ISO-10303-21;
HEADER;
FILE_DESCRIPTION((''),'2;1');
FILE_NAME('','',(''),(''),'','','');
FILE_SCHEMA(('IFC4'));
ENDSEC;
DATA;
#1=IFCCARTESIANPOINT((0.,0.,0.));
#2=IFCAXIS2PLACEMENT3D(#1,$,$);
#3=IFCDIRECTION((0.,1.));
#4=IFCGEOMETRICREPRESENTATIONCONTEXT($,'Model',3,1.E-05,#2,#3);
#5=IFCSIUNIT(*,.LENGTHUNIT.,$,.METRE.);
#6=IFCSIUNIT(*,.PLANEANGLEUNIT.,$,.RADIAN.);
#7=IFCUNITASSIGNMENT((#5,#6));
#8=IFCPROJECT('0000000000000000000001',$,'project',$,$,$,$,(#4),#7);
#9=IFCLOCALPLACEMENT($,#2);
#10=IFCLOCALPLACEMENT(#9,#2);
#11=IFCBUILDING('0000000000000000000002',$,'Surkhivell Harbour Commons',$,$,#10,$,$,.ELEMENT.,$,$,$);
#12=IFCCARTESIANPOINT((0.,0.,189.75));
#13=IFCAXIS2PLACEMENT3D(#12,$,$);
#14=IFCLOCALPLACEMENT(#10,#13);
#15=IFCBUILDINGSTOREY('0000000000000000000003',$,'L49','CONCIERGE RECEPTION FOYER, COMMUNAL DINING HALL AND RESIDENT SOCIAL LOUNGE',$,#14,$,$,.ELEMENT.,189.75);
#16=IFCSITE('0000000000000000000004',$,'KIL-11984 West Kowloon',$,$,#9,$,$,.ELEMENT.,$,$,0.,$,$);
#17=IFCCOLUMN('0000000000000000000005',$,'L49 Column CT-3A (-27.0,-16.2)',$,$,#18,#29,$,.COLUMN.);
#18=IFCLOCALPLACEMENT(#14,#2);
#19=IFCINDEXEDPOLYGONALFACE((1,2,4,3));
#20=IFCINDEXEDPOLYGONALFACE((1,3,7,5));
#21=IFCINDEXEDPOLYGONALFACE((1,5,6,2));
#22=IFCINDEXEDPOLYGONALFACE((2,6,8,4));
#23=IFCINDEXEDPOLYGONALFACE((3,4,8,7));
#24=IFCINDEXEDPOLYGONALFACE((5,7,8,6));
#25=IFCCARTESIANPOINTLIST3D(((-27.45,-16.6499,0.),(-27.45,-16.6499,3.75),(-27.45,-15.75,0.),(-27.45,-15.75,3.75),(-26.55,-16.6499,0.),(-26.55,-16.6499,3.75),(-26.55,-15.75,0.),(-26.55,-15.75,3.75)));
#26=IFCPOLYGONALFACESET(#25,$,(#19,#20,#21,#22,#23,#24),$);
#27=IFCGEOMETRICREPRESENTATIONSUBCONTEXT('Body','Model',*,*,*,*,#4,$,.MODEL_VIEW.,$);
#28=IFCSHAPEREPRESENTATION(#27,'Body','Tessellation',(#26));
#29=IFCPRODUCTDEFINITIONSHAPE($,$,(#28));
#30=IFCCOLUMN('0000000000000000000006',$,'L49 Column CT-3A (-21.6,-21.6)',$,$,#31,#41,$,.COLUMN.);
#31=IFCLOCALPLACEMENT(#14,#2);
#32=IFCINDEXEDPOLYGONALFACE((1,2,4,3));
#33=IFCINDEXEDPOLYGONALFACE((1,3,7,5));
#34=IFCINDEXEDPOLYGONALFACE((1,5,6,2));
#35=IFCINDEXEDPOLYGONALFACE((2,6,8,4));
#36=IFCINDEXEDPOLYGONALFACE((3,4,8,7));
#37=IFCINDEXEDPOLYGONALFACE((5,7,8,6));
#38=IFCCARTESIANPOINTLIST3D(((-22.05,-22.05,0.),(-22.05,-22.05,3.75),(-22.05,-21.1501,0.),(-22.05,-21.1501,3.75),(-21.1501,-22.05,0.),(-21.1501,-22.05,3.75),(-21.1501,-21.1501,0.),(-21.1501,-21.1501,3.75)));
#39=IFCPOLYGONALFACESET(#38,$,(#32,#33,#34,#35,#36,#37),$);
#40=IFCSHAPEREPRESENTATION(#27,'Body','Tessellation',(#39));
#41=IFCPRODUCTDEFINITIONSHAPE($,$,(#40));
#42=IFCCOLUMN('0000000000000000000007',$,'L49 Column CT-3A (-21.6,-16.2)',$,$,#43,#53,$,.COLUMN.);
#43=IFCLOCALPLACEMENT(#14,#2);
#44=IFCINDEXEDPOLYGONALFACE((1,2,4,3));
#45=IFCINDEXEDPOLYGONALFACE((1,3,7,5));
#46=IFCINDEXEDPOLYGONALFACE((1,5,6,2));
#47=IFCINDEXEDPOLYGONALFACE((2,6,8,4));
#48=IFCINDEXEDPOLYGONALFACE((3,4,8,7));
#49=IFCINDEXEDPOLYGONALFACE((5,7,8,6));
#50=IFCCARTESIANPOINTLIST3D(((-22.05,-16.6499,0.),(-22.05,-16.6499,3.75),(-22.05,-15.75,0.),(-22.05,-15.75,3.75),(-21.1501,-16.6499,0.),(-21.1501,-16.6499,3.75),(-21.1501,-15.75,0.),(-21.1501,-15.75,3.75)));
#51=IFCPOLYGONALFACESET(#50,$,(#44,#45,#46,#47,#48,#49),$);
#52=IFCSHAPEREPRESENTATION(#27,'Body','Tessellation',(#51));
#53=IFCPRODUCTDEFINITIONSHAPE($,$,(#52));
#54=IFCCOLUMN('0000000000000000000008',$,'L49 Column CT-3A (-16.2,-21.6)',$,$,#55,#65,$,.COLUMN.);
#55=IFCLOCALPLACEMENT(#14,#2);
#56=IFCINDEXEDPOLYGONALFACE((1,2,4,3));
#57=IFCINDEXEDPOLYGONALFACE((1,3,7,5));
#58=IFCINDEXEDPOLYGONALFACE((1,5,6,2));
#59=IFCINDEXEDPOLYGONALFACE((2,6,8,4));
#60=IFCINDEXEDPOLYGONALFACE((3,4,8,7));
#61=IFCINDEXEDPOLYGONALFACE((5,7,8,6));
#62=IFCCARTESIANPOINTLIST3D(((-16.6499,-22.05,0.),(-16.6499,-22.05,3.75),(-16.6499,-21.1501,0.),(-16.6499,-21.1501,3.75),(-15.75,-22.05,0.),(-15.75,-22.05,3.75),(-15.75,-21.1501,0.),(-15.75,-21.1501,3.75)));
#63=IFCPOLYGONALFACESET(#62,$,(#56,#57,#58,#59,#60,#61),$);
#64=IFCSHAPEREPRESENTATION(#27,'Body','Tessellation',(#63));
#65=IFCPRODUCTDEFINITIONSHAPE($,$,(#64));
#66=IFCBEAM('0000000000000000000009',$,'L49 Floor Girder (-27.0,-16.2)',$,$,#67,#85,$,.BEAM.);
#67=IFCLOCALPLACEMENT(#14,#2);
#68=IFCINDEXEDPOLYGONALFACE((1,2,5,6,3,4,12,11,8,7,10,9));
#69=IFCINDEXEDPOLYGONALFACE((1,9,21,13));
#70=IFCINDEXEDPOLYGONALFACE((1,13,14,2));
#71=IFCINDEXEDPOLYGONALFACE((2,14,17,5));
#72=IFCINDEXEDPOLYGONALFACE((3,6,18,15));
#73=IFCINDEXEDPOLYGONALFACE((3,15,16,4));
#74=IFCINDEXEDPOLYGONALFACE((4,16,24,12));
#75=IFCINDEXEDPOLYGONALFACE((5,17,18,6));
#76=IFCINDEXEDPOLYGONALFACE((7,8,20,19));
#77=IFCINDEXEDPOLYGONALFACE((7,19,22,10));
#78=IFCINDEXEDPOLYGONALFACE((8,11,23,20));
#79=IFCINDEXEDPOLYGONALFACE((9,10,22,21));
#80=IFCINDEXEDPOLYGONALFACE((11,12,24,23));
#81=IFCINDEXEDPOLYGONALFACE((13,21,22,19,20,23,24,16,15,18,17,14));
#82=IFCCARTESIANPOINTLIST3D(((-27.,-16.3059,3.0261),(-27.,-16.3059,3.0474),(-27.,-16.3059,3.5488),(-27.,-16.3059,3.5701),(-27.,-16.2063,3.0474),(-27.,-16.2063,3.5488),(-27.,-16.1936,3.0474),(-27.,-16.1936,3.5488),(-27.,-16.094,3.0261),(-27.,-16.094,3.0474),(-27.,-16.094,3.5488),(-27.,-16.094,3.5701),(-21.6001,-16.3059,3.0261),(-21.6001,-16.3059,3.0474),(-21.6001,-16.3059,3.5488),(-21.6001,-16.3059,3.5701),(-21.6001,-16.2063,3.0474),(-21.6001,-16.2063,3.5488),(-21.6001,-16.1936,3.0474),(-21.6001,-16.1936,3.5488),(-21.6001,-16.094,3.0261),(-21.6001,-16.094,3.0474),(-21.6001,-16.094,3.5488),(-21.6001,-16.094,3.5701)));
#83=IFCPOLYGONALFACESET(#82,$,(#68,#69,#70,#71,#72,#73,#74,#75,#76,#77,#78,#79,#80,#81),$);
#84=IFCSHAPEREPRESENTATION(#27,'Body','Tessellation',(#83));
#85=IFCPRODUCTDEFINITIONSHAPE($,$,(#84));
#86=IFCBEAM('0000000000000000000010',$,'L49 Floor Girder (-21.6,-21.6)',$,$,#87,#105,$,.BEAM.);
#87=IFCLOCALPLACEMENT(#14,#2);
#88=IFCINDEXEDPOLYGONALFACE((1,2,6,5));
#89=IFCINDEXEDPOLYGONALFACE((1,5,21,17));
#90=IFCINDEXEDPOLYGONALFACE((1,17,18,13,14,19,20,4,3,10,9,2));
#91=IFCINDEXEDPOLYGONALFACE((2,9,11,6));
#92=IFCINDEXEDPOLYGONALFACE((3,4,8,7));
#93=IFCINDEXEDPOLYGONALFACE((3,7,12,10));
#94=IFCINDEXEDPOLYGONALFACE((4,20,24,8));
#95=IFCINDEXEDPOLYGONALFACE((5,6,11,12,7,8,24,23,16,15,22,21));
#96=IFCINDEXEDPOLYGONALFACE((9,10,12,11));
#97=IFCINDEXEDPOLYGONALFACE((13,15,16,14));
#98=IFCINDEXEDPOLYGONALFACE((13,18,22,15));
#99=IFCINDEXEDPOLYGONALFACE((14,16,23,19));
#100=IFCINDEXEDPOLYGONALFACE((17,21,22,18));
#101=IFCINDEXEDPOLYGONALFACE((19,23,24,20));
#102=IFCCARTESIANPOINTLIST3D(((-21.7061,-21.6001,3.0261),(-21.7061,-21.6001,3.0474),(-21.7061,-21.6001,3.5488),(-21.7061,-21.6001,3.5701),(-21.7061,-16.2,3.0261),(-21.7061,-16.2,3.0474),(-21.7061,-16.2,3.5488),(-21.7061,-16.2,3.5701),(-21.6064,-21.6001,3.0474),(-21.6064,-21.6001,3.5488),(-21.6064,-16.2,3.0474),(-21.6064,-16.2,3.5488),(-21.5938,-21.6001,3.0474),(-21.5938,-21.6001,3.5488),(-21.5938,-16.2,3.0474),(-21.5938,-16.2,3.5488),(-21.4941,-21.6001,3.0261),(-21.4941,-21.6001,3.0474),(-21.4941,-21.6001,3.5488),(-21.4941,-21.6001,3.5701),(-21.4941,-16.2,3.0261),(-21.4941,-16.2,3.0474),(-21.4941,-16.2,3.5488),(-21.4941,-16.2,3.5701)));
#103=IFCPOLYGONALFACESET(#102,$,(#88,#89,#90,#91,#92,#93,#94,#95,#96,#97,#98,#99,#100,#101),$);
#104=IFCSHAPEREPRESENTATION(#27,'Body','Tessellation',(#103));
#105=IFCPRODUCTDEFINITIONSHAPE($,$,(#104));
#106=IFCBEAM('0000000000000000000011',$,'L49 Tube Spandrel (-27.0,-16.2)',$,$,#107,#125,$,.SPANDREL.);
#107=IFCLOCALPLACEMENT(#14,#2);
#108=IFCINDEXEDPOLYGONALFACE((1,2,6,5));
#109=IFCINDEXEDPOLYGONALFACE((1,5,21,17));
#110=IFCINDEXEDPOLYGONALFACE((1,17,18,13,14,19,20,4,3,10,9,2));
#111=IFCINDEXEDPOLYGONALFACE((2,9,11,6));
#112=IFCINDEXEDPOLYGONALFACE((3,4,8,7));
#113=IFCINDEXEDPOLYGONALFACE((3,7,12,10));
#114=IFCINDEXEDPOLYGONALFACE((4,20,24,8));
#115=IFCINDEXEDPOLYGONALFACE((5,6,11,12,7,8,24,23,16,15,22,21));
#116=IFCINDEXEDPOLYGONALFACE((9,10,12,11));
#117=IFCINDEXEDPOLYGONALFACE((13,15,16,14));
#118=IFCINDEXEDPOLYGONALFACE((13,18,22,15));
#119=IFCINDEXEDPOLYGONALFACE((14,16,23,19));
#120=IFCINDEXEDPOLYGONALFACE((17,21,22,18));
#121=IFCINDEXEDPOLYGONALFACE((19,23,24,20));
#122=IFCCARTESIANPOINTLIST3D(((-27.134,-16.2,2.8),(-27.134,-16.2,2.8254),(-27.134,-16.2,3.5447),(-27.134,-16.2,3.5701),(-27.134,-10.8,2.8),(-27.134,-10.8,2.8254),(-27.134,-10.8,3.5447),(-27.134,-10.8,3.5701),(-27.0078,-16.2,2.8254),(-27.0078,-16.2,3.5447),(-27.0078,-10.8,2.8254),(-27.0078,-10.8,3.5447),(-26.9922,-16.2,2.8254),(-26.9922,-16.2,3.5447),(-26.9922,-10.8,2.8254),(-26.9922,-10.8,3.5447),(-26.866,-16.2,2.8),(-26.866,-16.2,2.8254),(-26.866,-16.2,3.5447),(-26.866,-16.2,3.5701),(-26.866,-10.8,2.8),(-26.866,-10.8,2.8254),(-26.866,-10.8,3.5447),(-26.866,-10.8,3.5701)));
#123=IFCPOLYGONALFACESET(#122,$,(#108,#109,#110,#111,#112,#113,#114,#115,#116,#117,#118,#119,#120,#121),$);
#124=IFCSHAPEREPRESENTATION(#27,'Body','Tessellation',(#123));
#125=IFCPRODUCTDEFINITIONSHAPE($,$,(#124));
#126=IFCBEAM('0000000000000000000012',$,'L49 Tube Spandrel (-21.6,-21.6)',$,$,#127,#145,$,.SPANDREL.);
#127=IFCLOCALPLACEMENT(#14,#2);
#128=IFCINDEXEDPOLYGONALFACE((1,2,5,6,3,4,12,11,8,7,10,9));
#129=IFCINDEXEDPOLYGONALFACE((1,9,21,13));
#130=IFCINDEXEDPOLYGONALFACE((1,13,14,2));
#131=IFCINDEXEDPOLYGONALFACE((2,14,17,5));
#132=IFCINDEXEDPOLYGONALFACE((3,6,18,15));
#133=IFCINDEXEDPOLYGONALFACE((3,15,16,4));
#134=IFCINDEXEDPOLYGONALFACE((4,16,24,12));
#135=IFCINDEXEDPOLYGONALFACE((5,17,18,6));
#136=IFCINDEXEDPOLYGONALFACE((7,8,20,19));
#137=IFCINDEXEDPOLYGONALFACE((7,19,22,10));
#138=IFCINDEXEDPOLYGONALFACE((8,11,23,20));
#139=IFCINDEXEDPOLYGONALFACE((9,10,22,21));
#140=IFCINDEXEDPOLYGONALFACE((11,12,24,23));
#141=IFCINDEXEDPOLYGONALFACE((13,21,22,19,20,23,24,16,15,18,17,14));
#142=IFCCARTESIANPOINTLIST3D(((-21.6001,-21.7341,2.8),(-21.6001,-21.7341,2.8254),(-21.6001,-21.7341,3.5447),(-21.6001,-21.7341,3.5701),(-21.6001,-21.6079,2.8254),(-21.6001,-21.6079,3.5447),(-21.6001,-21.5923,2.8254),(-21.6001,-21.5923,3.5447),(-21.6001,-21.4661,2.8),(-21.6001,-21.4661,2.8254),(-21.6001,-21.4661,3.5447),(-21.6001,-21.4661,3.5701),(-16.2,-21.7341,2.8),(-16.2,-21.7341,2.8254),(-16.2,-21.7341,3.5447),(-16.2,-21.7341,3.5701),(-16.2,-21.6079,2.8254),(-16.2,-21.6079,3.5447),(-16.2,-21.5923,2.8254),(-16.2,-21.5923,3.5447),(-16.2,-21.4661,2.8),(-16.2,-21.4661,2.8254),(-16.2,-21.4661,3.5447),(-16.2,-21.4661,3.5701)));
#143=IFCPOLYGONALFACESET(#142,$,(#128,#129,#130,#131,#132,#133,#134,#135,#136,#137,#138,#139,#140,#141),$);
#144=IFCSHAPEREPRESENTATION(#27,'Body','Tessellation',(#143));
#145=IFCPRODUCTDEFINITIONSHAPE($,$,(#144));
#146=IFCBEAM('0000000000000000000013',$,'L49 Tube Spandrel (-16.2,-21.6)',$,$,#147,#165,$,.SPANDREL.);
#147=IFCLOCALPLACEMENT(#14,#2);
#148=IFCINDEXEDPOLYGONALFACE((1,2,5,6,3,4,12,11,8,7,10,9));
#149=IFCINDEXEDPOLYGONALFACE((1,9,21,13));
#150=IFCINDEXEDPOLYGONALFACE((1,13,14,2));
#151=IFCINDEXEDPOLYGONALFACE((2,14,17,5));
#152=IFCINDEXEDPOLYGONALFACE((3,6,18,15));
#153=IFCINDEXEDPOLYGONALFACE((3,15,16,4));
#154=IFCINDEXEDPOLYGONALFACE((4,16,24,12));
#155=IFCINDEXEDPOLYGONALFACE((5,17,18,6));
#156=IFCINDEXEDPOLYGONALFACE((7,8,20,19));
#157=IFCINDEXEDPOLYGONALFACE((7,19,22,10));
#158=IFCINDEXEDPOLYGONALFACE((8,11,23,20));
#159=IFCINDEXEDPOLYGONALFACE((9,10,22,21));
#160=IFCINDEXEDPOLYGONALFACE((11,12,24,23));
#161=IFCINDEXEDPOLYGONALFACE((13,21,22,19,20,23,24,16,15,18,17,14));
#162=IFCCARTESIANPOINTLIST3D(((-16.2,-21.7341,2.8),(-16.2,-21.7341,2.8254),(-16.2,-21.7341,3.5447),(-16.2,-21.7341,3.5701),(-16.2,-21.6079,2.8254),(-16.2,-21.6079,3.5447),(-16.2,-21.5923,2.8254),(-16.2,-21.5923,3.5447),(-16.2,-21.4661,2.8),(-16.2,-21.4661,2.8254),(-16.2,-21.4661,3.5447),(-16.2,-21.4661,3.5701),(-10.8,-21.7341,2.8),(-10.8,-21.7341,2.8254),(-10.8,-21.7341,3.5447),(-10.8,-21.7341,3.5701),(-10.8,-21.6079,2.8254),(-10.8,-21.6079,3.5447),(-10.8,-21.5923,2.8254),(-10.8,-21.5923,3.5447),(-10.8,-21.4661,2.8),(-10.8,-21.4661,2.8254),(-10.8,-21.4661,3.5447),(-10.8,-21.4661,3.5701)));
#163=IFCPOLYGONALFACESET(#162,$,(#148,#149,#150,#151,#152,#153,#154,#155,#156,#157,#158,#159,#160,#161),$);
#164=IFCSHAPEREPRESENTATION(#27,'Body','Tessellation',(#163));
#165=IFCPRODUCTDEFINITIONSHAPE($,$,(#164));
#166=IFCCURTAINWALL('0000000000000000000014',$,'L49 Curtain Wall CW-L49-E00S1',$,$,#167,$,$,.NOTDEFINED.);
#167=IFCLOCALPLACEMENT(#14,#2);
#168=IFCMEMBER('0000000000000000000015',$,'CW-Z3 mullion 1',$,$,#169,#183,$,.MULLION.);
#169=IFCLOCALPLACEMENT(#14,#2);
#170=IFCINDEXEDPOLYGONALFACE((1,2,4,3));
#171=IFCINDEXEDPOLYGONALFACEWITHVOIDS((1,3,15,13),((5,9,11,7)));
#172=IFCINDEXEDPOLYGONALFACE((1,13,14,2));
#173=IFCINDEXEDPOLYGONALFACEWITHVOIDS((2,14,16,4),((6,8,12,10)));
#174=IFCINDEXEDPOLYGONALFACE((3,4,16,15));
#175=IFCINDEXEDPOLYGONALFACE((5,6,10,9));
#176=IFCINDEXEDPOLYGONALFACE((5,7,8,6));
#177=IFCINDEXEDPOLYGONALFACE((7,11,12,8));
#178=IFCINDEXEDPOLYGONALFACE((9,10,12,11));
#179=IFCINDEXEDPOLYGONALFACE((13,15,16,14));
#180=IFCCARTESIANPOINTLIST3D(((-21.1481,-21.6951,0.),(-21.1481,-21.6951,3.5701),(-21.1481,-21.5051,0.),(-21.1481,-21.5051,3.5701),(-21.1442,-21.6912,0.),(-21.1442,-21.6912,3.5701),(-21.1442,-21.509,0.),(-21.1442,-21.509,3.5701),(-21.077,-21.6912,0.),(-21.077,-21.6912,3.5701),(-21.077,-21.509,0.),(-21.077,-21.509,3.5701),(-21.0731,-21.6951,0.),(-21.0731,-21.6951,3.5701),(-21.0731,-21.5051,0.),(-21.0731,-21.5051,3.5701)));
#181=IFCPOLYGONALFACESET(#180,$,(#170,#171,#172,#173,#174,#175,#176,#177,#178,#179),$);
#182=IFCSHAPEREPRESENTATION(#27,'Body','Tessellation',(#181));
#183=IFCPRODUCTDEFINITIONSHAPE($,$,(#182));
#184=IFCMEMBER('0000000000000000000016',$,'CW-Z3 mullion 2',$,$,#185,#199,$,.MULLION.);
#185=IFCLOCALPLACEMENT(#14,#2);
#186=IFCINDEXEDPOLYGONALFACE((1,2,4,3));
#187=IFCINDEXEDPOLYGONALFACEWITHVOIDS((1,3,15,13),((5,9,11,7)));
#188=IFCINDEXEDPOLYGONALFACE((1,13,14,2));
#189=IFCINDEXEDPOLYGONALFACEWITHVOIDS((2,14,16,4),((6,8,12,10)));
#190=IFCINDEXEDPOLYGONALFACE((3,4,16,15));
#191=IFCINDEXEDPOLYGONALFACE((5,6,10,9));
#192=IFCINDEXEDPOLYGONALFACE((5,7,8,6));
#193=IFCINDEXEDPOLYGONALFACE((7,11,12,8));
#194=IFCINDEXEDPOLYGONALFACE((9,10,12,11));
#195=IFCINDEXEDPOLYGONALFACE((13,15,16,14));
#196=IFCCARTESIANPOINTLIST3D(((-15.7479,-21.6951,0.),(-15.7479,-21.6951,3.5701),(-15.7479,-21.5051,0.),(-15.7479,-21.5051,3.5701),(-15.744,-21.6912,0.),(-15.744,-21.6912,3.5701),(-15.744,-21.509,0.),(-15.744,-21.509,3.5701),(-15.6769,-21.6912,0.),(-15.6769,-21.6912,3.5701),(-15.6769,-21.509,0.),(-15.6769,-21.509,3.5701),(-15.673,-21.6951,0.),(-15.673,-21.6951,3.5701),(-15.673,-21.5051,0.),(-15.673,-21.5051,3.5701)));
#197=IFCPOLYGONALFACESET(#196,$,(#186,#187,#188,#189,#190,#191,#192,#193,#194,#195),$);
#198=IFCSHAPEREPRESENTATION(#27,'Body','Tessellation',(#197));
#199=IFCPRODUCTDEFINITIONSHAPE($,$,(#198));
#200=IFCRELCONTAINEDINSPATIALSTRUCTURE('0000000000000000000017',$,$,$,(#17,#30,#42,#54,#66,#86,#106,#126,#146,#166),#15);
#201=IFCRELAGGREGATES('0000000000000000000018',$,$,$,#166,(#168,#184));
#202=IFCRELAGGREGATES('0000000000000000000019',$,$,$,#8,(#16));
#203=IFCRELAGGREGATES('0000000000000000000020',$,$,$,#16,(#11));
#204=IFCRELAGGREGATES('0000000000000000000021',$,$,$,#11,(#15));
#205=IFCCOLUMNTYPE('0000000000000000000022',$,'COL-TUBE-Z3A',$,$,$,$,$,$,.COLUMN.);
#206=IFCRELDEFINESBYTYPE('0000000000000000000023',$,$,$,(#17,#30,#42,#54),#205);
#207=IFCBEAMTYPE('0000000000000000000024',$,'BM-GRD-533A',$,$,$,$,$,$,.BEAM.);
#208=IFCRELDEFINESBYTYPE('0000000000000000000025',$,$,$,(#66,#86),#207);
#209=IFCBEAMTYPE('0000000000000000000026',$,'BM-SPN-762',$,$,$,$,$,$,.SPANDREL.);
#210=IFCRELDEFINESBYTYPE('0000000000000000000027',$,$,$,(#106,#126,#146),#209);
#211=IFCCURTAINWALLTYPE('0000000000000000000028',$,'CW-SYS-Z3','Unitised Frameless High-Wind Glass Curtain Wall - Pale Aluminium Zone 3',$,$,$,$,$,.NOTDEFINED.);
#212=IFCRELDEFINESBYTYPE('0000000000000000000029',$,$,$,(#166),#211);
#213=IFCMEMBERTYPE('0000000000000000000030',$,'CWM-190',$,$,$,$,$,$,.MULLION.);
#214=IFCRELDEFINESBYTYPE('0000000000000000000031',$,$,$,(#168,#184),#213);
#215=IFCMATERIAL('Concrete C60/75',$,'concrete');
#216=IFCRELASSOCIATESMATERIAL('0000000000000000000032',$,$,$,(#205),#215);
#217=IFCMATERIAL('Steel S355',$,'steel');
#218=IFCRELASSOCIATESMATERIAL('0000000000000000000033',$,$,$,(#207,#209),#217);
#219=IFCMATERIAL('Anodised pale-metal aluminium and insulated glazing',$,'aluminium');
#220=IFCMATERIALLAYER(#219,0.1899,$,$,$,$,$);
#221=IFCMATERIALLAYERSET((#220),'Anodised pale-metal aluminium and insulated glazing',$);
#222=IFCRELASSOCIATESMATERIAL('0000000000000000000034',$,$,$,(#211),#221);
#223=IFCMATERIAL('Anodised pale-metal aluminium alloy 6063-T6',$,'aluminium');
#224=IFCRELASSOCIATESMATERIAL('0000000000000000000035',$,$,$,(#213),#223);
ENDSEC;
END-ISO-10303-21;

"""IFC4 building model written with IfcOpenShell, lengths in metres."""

from ifc_helpers import new_model, si_unit, direction, frame, origin, origin_2d, place, context, subcontext, project, spatial, rectangle, hollow_rectangle, i_section, extrude, material, layer, layer_set, material_profile, profile_set, type_object, element, aggregate, save


model = new_model("IFC4")

# Units and contexts
model_context = context("Model", 3, precision=1e-05, world=origin(), true_north=direction((0.0, 1.0)))
body_context = subcontext(model_context, "Body", "Model", "MODEL_VIEW")
ifc_project = project(units=[si_unit("LENGTHUNIT", "METRE"), si_unit("PLANEANGLEUNIT", "RADIAN")], contexts=[model_context])

# Site, building, storey
site_placement = place(None, origin())
site = spatial("IfcSite", under=ifc_project, at=site_placement, Name="KIL-11984 West Kowloon", CompositionType="ELEMENT", RefElevation=0.0)
building_placement = place(site_placement, origin())
building = spatial("IfcBuilding", under=site, at=building_placement, Name="Surkhivell Harbour Commons", CompositionType="ELEMENT")
storey_placement = place(building_placement, frame((0.0, 0.0, 189.75)))
storey = spatial("IfcBuildingStorey", under=building, at=storey_placement, Name="L49", Description="CONCIERGE RECEPTION FOYER, COMMUNAL DINING HALL AND RESIDENT SOCIAL LOUNGE", CompositionType="ELEMENT", Elevation=189.75)

# Columns
ifc_material_1 = material(Name="Concrete C60/75", Category="concrete")
ifc_material_profile_1 = material_profile(ifc_material_1, rectangle(XDim=0.8999, YDim=0.8999, at=origin_2d()), Name="RC-COL-900x900")
ifc_profile_set_1 = profile_set([ifc_material_profile_1], Name="Concrete C60/75")
column_type = type_object("IfcColumnType", Name="COL-TUBE-Z3A", PredefinedType="COLUMN", material=ifc_profile_set_1)
for number, where, z_axis, x_axis, name in (
    (1, (-27.0, -16.2, 0.0), (0.0, 0.0, 1.0), (1.0, 0.0, 0.0), "L49 Column CT-3A (-27.0,-16.2)"),
    (2, (-21.6001, -21.6001, 0.0), (0.0, 0.0, 1.0), (1.0, 0.0, 0.0), "L49 Column CT-3A (-21.6,-21.6)"),
    (3, (-21.6001, -16.2, 0.0), (0.0, 0.0, 1.0), (1.0, 0.0, 0.0), "L49 Column CT-3A (-21.6,-16.2)"),
    (4, (-16.2, -21.6001, 0.0), (0.0, 0.0, 1.0), (1.0, 0.0, 0.0), "L49 Column CT-3A (-16.2,-21.6)"),
):
    element("IfcColumn", number, at=place(storey_placement, frame(where, z_axis=z_axis, x_axis=x_axis)), inside=storey, type_object=column_type, Name=name, PredefinedType="COLUMN", context=body_context, shape_type="SweptSolid", body=[
        extrude(rectangle(XDim=0.8999, YDim=0.8999, at=origin_2d()), origin(), (0.0, 0.0, 1.0), 3.75),
    ])

# Beams
ifc_material_2 = material(Name="Steel S355", Category="steel")
ifc_material_profile_2 = material_profile(ifc_material_2, i_section(OverallWidth=0.2119, OverallDepth=0.5439, WebThickness=0.0127, FlangeThickness=0.0212, at=origin_2d()), Name="UB533x210x122")
ifc_profile_set_2 = profile_set([ifc_material_profile_2], Name="Steel S355")
beam_type_1 = type_object("IfcBeamType", Name="BM-GRD-533A", PredefinedType="BEAM", material=ifc_profile_set_2)
beam_1_placement = place(storey_placement, frame((-27.0, -16.2, 3.2981), z_axis=(1.0, 0.0, 0.0), x_axis=(0.0, 1.0, 0.0)))
element("IfcBeam", 5, at=beam_1_placement, inside=storey, type_object=beam_type_1, Name="L49 Floor Girder (-27.0,-16.2)", PredefinedType="BEAM", context=body_context, shape_type="SweptSolid", body=[
    extrude(i_section(OverallWidth=0.2119, OverallDepth=0.5439, WebThickness=0.0127, FlangeThickness=0.0212, at=origin_2d()), origin(), (0.0, 0.0, 1.0), 5.3999),
])
beam_2_placement = place(storey_placement, frame((-21.6001, -21.6001, 3.2981), z_axis=(0.0, 1.0, 0.0), x_axis=(-1.0, 0.0, 0.0)))
element("IfcBeam", 6, at=beam_2_placement, inside=storey, type_object=beam_type_1, Name="L49 Floor Girder (-21.6,-21.6)", PredefinedType="BEAM", context=body_context, shape_type="SweptSolid", body=[
    extrude(i_section(OverallWidth=0.2119, OverallDepth=0.5439, WebThickness=0.0127, FlangeThickness=0.0212, at=origin_2d()), origin(), (0.0, 0.0, 1.0), 5.4001),
])
ifc_material_profile_3 = material_profile(ifc_material_2, i_section(OverallWidth=0.2681, OverallDepth=0.77, WebThickness=0.0156, FlangeThickness=0.0254, at=origin_2d()), Name="UB762x267x197")
ifc_profile_set_3 = profile_set([ifc_material_profile_3], Name="Steel S355")
beam_type_2 = type_object("IfcBeamType", Name="BM-SPN-762", PredefinedType="SPANDREL", material=ifc_profile_set_3)
beam_3_placement = place(storey_placement, frame((-27.0, -16.2, 3.1851), z_axis=(0.0, 1.0, 0.0), x_axis=(-1.0, 0.0, 0.0)))
element("IfcBeam", 7, at=beam_3_placement, inside=storey, type_object=beam_type_2, Name="L49 Tube Spandrel (-27.0,-16.2)", PredefinedType="SPANDREL", context=body_context, shape_type="SweptSolid", body=[
    extrude(i_section(OverallWidth=0.2681, OverallDepth=0.77, WebThickness=0.0156, FlangeThickness=0.0254, at=origin_2d()), origin(), (0.0, 0.0, 1.0), 5.3999),
])
beam_4_placement = place(storey_placement, frame((-21.6001, -21.6001, 3.1851), z_axis=(1.0, 0.0, 0.0), x_axis=(0.0, 1.0, 0.0)))
element("IfcBeam", 8, at=beam_4_placement, inside=storey, type_object=beam_type_2, Name="L49 Tube Spandrel (-21.6,-21.6)", PredefinedType="SPANDREL", context=body_context, shape_type="SweptSolid", body=[
    extrude(i_section(OverallWidth=0.2681, OverallDepth=0.77, WebThickness=0.0156, FlangeThickness=0.0254, at=origin_2d()), origin(), (0.0, 0.0, 1.0), 5.4001),
])
beam_5_placement = place(storey_placement, frame((-16.2, -21.6001, 3.1851), z_axis=(1.0, 0.0, 0.0), x_axis=(0.0, 1.0, 0.0)))
element("IfcBeam", 9, at=beam_5_placement, inside=storey, type_object=beam_type_2, Name="L49 Tube Spandrel (-16.2,-21.6)", PredefinedType="SPANDREL", context=body_context, shape_type="SweptSolid", body=[
    extrude(i_section(OverallWidth=0.2681, OverallDepth=0.77, WebThickness=0.0156, FlangeThickness=0.0254, at=origin_2d()), origin(), (0.0, 0.0, 1.0), 5.3999),
])

# Curtain wall, members
ifc_material_3 = material(Name="Anodised pale-metal aluminium and insulated glazing", Category="aluminium")
ifc_layer_1 = layer(ifc_material_3, 0.1899)
ifc_layer_set_1 = layer_set([ifc_layer_1], Name="Anodised pale-metal aluminium and insulated glazing")
curtain_wall_type = type_object("IfcCurtainWallType", Name="CW-SYS-Z3", Description="Unitised Frameless High-Wind Glass Curtain Wall - Pale Aluminium Zone 3", PredefinedType="NOTDEFINED", material=ifc_layer_set_1)
curtain_wall_placement = place(storey_placement, origin())
curtain_wall = element("IfcCurtainWall", 10, at=curtain_wall_placement, inside=storey, type_object=curtain_wall_type, Name="L49 Curtain Wall CW-L49-E00S1", PredefinedType="NOTDEFINED")
ifc_material_4 = material(Name="Anodised pale-metal aluminium alloy 6063-T6", Category="aluminium")
ifc_material_profile_4 = material_profile(ifc_material_4, hollow_rectangle(XDim=0.075, YDim=0.1899, WallThickness=0.0039, at=origin_2d()), Name="ALU-MULL-75x190")
ifc_profile_set_4 = profile_set([ifc_material_profile_4], Name="Anodised pale-metal aluminium alloy 6063-T6")
member_type_1 = type_object("IfcMemberType", Name="CWM-190", PredefinedType="MULLION", material=ifc_profile_set_4)
member_1_placement = place(storey_placement, frame((-21.1106, -21.6001, 0.0), z_axis=(0.0, 0.0, 1.0), x_axis=(1.0, 0.0, 0.0)))
member_1 = element("IfcMember", 11, at=member_1_placement, type_object=member_type_1, Name="CW-Z3 mullion 1", PredefinedType="MULLION", context=body_context, shape_type="SweptSolid", body=[
    extrude(hollow_rectangle(XDim=0.075, YDim=0.1899, WallThickness=0.0039, at=origin_2d()), origin(), (0.0, 0.0, 1.0), 3.5701),
])
member_2_placement = place(storey_placement, frame((-15.7104, -21.6001, 0.0), z_axis=(0.0, 0.0, 1.0), x_axis=(1.0, 0.0, 0.0)))
member_2 = element("IfcMember", 12, at=member_2_placement, type_object=member_type_1, Name="CW-Z3 mullion 2", PredefinedType="MULLION", context=body_context, shape_type="SweptSolid", body=[
    extrude(hollow_rectangle(XDim=0.075, YDim=0.1899, WallThickness=0.0039, at=origin_2d()), origin(), (0.0, 0.0, 1.0), 3.5701),
])

aggregate(curtain_wall, [member_1, member_2])

save(model, "model.ifc")
